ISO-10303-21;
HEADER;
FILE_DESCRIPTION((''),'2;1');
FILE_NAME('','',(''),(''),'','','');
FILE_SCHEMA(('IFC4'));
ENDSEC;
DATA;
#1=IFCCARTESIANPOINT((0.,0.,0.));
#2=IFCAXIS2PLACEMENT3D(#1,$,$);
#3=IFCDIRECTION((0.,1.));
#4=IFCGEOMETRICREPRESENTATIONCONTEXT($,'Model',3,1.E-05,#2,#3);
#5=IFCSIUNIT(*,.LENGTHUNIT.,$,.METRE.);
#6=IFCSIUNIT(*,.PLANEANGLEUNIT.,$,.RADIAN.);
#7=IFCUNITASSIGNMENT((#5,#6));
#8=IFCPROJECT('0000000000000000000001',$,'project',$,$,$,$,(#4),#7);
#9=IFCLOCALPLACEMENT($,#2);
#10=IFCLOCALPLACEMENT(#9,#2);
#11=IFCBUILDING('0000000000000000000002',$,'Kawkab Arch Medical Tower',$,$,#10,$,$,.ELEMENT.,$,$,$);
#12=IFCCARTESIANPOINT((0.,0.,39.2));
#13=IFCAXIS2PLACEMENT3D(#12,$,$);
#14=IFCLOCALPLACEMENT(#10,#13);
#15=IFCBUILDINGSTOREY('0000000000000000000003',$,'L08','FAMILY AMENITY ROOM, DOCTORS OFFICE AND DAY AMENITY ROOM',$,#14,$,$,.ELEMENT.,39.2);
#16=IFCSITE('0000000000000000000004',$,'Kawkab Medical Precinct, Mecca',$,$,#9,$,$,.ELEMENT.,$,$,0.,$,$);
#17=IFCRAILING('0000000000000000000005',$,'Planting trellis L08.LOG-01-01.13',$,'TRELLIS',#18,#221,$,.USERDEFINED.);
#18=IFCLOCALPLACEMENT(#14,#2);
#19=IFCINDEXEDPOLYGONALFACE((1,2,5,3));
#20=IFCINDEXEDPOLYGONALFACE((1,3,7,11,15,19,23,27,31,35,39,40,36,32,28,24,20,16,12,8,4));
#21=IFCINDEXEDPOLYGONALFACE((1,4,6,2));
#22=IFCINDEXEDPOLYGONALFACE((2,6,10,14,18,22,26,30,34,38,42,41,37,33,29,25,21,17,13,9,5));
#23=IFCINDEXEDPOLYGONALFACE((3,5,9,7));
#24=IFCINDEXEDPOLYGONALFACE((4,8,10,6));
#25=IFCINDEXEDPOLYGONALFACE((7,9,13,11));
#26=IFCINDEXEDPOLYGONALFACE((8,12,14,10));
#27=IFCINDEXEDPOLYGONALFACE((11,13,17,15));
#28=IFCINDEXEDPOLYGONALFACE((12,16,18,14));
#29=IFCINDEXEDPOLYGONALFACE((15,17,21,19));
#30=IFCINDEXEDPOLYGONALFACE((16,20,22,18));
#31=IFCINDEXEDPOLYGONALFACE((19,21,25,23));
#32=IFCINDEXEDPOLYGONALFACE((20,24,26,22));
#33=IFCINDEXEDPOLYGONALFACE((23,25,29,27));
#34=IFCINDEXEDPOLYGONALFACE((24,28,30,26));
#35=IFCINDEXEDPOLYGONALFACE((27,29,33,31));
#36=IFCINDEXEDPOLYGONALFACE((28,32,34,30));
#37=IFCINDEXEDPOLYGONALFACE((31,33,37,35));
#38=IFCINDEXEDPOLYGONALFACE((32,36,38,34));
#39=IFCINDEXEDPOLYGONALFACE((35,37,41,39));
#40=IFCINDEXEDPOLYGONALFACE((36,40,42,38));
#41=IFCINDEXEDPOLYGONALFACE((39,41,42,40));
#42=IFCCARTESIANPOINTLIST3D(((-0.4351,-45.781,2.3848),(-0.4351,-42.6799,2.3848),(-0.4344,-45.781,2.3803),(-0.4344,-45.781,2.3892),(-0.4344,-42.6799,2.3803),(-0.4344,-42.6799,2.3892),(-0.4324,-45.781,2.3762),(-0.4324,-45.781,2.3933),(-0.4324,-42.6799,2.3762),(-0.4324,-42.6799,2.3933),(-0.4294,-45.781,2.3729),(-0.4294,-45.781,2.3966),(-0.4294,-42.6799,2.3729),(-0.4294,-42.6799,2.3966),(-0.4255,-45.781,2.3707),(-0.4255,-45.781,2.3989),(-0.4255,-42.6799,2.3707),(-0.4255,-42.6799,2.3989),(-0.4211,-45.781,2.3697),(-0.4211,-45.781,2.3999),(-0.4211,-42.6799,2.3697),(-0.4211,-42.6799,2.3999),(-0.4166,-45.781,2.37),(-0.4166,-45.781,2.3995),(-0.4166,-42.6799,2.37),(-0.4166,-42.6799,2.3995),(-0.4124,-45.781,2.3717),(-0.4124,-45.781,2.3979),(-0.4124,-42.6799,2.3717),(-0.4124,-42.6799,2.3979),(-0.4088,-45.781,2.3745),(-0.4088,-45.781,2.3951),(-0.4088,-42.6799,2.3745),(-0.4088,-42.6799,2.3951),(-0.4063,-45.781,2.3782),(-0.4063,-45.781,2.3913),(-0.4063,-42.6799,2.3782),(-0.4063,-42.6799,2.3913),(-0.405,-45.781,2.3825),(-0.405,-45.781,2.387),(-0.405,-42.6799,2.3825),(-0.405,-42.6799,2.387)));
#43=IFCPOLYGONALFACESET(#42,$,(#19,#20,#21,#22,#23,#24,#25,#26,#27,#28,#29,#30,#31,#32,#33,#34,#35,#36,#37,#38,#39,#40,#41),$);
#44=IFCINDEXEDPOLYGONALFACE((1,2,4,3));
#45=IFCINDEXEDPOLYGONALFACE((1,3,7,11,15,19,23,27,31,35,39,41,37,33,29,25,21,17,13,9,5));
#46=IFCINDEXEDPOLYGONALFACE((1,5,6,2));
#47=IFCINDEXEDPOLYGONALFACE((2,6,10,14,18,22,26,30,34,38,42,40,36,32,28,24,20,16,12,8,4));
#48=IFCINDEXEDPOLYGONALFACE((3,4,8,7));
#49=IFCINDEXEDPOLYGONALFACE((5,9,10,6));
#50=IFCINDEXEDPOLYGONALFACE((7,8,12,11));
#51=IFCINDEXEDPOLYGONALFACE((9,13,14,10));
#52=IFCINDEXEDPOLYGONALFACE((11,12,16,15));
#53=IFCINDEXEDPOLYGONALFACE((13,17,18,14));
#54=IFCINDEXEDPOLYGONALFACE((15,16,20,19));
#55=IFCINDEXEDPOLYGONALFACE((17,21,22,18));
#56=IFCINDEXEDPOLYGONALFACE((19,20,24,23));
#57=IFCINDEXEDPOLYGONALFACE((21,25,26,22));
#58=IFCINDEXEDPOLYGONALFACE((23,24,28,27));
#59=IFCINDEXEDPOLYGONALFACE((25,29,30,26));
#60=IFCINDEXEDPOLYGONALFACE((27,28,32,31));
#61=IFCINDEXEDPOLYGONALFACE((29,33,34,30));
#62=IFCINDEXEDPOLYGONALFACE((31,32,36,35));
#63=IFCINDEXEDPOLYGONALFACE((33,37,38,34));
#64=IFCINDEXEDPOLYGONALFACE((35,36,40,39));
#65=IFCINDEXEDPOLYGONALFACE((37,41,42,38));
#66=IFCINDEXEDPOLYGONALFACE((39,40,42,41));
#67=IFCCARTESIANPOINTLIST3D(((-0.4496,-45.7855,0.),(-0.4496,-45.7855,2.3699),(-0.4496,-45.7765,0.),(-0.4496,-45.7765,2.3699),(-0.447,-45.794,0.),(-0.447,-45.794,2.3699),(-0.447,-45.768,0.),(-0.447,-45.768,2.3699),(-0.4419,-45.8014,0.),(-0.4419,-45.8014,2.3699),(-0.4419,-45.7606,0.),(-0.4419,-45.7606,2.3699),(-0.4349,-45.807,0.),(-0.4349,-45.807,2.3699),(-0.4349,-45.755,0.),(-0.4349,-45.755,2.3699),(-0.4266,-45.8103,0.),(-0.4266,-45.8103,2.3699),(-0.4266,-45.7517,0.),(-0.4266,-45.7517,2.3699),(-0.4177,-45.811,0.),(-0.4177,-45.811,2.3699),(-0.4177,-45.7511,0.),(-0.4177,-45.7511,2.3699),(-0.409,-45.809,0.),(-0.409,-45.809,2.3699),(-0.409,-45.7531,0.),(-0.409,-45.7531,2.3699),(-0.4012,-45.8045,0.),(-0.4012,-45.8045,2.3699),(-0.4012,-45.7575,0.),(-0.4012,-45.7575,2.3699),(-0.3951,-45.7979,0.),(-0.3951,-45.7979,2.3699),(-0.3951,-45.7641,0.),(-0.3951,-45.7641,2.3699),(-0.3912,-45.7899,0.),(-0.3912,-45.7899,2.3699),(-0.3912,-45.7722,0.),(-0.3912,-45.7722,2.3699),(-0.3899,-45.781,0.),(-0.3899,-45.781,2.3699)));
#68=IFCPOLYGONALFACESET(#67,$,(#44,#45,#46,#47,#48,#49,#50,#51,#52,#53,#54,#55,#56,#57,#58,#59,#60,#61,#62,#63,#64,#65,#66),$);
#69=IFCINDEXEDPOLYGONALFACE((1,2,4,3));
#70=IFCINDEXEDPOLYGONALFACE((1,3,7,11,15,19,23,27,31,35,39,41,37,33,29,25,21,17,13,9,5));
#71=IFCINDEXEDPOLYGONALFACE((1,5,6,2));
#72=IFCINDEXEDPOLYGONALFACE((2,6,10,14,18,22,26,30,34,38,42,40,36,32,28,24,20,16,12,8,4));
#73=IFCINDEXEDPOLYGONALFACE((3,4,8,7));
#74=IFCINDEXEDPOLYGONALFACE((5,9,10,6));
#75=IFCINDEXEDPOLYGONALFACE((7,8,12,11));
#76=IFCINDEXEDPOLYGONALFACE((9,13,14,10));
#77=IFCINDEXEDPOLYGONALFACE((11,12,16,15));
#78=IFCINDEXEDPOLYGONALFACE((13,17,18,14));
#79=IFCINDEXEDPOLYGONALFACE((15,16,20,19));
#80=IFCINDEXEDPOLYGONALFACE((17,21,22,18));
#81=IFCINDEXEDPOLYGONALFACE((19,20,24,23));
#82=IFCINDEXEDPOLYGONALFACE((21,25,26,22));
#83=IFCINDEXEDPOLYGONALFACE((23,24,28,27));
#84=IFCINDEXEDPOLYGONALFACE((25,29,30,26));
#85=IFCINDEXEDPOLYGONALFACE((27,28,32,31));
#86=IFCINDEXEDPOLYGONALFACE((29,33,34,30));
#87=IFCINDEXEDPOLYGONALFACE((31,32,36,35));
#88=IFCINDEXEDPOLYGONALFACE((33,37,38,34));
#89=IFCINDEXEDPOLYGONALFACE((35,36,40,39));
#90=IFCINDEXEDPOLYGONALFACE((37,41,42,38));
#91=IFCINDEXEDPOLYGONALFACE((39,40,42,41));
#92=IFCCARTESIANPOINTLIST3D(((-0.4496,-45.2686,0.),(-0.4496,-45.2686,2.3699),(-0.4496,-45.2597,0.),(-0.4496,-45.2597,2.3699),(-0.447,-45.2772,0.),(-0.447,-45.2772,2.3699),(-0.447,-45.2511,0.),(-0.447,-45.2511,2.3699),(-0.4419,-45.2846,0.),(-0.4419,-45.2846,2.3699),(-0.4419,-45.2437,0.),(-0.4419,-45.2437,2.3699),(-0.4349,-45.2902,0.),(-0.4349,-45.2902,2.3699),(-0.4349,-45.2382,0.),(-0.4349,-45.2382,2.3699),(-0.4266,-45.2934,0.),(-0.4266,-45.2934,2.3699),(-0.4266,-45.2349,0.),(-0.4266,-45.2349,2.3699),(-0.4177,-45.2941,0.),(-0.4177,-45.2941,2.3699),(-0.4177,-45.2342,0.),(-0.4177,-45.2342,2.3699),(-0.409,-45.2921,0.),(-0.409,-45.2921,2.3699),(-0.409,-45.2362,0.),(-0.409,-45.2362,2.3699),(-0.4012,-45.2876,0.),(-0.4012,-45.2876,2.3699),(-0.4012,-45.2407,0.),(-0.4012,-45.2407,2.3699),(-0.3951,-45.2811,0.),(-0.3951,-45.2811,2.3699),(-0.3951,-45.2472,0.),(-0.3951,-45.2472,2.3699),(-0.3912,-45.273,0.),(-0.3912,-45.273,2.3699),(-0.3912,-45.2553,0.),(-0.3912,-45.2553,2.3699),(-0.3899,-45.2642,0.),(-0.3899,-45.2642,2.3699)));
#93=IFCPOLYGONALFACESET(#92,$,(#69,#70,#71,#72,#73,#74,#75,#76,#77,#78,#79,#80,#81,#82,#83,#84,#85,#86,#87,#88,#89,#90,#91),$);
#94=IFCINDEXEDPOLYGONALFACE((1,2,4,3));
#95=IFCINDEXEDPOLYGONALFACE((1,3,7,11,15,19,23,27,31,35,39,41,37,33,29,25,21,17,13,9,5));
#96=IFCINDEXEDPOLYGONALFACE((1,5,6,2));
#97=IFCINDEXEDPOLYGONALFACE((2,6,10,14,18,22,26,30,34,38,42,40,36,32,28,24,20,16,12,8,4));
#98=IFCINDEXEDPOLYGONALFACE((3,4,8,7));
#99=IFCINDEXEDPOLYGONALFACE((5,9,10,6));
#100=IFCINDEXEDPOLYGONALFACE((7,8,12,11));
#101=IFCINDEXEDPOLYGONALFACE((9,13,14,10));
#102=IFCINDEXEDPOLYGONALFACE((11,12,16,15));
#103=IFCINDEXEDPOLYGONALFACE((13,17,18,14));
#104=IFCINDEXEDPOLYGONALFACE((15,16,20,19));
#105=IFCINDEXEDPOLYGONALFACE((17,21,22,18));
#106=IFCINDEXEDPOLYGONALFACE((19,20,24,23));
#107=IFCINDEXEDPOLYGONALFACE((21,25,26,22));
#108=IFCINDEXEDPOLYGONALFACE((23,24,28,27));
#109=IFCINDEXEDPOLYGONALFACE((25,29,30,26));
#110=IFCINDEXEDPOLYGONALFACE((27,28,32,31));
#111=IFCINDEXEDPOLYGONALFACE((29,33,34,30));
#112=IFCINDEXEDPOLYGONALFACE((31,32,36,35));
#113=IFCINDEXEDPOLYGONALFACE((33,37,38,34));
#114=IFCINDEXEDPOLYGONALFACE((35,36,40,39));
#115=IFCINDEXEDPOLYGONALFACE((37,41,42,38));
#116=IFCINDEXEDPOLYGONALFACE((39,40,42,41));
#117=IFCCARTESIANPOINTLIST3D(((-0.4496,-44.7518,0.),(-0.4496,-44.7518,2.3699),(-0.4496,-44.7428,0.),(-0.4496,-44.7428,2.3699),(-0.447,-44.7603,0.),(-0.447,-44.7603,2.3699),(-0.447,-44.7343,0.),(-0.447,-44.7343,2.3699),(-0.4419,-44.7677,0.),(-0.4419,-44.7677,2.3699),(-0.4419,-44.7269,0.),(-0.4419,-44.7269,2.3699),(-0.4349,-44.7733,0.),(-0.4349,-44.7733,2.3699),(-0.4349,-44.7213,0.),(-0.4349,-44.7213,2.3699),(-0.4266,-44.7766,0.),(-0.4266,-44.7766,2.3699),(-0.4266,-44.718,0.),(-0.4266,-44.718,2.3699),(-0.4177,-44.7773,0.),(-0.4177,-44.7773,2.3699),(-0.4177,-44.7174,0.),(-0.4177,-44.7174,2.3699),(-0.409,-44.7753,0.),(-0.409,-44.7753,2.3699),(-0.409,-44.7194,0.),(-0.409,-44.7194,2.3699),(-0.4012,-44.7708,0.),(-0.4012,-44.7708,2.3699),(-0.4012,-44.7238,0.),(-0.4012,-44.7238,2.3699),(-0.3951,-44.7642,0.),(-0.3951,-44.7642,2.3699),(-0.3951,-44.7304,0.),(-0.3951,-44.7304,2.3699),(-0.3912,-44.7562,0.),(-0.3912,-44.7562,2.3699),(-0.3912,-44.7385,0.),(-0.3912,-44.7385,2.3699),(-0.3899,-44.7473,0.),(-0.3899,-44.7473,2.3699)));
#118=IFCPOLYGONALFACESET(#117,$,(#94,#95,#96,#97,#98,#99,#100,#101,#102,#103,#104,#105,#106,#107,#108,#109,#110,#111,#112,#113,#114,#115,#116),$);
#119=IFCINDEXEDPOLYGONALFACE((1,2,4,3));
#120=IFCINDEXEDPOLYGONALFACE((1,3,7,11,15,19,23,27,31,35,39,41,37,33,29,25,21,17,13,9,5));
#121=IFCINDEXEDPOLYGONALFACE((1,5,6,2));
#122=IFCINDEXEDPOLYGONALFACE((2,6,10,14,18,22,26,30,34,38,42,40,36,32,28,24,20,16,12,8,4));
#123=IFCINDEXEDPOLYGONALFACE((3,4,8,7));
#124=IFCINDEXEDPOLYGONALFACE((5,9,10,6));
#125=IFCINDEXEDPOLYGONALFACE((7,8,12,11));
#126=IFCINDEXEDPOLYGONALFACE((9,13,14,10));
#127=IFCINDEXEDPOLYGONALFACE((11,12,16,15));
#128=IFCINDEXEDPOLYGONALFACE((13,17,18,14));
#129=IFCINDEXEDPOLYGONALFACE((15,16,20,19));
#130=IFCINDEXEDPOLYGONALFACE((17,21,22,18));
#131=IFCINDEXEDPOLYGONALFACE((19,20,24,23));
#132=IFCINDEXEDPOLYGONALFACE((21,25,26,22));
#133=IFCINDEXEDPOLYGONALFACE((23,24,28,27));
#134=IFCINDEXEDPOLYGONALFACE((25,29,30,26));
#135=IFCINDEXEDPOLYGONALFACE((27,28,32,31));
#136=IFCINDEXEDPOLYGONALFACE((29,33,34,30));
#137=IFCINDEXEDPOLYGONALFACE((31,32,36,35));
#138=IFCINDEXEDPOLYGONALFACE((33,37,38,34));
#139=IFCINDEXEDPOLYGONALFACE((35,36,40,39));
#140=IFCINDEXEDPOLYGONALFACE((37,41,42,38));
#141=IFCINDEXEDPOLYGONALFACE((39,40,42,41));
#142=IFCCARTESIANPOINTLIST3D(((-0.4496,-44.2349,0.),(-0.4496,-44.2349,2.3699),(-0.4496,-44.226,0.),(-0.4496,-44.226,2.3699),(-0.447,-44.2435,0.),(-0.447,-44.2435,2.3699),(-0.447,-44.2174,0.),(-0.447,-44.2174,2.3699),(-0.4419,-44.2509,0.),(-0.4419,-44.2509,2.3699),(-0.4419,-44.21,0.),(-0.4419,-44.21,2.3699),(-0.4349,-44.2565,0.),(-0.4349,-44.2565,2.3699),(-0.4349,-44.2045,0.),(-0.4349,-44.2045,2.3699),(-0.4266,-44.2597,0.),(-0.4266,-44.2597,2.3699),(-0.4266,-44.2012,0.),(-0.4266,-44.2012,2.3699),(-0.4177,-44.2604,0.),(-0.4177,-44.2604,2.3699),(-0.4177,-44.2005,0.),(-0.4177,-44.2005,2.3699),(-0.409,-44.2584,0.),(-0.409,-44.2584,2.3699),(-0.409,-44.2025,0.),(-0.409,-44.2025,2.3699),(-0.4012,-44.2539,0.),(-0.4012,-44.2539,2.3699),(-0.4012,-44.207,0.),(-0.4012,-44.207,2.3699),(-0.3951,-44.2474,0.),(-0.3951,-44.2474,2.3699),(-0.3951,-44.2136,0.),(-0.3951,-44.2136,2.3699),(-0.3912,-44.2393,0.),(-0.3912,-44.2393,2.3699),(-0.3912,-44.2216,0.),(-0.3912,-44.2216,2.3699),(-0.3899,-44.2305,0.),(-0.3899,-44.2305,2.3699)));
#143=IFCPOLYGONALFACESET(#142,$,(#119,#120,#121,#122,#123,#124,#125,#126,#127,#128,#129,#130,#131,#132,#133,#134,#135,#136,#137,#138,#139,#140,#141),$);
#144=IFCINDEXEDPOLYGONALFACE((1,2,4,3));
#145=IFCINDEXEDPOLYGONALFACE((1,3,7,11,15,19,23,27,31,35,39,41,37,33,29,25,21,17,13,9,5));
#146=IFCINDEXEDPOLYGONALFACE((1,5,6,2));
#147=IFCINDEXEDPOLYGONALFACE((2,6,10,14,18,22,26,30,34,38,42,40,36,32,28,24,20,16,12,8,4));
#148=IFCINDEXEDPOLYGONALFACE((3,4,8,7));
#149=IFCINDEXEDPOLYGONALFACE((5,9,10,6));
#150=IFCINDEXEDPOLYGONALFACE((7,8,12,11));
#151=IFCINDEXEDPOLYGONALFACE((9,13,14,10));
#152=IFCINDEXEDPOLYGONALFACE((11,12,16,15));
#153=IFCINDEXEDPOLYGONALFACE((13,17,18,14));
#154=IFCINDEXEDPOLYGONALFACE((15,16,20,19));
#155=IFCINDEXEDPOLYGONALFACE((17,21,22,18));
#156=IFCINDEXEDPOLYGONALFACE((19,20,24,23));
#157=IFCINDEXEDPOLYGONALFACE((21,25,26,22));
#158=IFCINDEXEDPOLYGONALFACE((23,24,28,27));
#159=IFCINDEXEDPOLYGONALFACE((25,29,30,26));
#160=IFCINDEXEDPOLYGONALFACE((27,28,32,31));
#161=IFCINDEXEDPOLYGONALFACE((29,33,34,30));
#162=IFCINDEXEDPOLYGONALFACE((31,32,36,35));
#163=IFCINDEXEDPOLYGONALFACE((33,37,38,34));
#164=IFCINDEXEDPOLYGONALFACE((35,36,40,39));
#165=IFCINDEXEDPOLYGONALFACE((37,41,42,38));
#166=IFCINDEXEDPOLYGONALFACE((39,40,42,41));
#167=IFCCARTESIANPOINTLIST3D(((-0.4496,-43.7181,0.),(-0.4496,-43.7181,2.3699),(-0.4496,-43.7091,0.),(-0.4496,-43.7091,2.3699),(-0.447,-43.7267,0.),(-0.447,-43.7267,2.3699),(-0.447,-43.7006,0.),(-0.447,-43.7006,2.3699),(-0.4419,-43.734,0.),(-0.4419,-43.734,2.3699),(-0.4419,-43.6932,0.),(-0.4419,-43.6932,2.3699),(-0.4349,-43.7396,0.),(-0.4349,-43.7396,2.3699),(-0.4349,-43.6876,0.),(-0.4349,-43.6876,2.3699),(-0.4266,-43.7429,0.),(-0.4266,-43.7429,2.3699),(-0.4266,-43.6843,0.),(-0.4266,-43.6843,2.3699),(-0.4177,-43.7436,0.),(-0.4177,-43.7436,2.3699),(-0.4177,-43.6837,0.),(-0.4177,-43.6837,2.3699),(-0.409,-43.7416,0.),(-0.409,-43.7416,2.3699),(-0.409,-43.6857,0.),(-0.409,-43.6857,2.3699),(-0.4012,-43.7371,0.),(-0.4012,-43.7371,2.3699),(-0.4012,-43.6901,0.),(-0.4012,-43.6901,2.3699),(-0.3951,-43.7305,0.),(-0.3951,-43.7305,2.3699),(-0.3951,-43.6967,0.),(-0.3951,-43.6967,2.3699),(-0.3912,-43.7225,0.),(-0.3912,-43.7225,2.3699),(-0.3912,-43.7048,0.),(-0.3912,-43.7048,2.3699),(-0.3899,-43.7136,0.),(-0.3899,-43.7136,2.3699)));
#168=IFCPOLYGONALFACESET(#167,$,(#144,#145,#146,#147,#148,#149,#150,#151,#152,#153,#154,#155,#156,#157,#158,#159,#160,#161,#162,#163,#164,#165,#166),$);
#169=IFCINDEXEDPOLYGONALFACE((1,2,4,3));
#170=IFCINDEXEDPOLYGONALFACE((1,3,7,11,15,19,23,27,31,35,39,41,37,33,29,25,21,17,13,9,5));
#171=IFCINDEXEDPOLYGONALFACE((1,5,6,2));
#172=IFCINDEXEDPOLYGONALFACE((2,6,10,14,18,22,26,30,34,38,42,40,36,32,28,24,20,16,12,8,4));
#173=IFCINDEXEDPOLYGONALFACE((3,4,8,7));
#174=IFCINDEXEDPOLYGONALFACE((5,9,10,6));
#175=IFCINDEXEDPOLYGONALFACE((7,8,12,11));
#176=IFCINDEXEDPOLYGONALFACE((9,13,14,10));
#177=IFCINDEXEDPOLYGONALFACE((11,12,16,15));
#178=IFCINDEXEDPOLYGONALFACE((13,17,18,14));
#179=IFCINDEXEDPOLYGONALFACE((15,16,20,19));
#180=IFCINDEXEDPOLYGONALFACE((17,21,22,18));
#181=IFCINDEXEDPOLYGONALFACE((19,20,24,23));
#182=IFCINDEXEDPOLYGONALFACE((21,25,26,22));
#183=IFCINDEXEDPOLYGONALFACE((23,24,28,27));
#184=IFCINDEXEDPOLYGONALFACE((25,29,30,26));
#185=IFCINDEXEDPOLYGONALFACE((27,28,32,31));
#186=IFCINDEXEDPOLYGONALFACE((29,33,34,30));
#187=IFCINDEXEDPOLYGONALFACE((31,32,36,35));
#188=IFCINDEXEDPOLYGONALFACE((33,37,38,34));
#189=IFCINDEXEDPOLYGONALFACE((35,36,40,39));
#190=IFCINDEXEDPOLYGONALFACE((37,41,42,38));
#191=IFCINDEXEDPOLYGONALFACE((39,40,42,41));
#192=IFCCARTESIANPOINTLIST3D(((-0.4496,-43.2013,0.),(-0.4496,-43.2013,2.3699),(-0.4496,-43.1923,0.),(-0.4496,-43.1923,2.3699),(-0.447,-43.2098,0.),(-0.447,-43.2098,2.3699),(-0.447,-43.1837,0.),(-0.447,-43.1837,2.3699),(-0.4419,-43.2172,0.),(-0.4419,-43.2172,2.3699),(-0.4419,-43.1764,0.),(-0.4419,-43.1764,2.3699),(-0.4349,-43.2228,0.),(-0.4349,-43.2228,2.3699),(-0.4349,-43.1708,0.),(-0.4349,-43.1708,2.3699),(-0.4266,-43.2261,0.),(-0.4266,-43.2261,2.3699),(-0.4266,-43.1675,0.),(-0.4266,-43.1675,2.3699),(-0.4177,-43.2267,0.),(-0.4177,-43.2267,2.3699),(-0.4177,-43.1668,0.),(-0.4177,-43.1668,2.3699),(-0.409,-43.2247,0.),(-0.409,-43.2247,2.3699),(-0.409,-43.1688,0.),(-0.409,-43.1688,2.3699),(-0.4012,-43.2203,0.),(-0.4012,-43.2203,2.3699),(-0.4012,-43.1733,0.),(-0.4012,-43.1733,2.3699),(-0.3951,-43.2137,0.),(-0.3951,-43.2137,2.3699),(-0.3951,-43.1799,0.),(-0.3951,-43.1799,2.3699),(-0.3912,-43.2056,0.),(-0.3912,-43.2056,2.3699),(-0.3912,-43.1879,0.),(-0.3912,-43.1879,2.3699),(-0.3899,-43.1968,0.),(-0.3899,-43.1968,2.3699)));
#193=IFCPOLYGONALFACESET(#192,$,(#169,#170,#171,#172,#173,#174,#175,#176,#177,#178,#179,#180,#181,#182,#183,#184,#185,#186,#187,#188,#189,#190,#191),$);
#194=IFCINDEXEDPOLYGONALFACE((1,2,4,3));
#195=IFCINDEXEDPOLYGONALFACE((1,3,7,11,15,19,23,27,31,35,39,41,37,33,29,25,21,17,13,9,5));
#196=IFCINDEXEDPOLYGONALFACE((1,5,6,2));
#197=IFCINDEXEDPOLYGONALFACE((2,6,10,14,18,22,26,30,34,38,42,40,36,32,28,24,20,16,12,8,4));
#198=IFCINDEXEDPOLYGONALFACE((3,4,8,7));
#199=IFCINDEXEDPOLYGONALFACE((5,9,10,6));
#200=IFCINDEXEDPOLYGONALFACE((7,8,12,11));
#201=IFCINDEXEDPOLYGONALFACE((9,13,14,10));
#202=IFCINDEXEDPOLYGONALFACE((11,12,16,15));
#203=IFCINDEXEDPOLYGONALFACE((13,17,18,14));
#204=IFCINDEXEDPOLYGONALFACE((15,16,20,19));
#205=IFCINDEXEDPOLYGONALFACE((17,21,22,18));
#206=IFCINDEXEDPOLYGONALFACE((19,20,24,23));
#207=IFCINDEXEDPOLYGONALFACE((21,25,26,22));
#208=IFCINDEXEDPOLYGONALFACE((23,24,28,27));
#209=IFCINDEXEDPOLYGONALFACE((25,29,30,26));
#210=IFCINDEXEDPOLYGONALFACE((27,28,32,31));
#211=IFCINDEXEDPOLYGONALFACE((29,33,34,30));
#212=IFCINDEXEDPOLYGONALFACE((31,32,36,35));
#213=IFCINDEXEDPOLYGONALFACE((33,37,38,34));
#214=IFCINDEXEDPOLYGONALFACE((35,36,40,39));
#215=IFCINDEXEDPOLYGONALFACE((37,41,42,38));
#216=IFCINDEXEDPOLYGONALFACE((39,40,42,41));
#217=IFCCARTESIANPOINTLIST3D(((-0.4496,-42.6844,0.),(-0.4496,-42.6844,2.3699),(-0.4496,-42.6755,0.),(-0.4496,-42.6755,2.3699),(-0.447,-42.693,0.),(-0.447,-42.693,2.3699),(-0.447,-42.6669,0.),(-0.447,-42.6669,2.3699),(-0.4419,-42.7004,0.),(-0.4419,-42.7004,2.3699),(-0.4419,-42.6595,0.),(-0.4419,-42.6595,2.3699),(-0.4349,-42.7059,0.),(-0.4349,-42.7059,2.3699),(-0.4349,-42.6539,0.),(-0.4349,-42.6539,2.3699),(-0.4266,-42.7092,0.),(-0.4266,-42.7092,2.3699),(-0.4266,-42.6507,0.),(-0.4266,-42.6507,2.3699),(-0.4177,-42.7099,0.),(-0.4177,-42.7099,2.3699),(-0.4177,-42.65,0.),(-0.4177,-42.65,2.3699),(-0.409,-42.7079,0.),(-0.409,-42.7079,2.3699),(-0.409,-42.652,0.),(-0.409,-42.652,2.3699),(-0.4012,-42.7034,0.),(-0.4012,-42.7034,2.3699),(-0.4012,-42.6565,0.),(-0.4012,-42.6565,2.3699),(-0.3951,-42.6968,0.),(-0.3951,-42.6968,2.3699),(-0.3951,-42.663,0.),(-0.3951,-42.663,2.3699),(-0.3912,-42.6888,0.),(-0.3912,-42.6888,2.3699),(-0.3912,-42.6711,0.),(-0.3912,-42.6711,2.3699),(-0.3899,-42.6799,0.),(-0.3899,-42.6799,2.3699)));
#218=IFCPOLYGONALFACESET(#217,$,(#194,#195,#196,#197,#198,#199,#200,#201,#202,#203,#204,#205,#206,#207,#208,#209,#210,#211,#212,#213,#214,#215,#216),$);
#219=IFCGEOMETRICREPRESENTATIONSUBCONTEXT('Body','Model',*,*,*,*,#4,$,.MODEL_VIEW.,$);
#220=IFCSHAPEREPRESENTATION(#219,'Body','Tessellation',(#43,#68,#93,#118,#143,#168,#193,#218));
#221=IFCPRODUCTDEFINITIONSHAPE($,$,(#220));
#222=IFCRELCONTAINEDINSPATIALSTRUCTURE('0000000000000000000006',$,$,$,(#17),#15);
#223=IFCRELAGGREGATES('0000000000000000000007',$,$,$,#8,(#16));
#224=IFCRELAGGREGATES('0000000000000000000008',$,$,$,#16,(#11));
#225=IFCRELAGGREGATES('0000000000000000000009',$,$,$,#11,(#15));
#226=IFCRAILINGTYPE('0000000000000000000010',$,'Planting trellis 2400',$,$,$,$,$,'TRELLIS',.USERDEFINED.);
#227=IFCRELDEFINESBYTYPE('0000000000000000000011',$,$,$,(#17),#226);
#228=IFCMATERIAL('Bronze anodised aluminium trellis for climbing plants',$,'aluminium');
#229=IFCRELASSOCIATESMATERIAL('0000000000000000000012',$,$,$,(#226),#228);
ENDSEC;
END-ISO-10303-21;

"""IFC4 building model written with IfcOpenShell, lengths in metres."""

from ifc_helpers import new_model, si_unit, direction, frame, origin, origin_2d, place, context, subcontext, project, spatial, circle, extrude, material, type_object, element, save


model = new_model("IFC4")

# Units and contexts
model_context = context("Model", 3, precision=1e-05, world=origin(), true_north=direction((0.0, 1.0)))
body_context = subcontext(model_context, "Body", "Model", "MODEL_VIEW")
ifc_project = project(units=[si_unit("LENGTHUNIT", "METRE"), si_unit("PLANEANGLEUNIT", "RADIAN")], contexts=[model_context])

# Site, building, storey
site_placement = place(None, origin())
site = spatial("IfcSite", under=ifc_project, at=site_placement, Name="Kawkab Medical Precinct, Mecca", CompositionType="ELEMENT", RefElevation=0.0)
building_placement = place(site_placement, origin())
building = spatial("IfcBuilding", under=site, at=building_placement, Name="Kawkab Arch Medical Tower", CompositionType="ELEMENT")
storey_placement = place(building_placement, frame((0.0, 0.0, 39.2)))
storey = spatial("IfcBuildingStorey", under=building, at=storey_placement, Name="L08", Description="FAMILY AMENITY ROOM, DOCTORS OFFICE AND DAY AMENITY ROOM", CompositionType="ELEMENT", Elevation=39.2)

# Railing
ifc_material_1 = material(Name="Bronze anodised aluminium trellis for climbing plants", Category="aluminium")
railing_type = type_object("IfcRailingType", Name="Planting trellis 2400", ElementType="TRELLIS", PredefinedType="USERDEFINED", material=ifc_material_1)
railing_1_placement = place(storey_placement, frame((-0.4199, -45.781, 0.0)))
element("IfcRailing", 1, at=railing_1_placement, inside=storey, type_object=railing_type, Name="Planting trellis L08.LOG-01-01.13", ObjectType="TRELLIS", PredefinedType="USERDEFINED", context=body_context, shape_type="SweptSolid", body=[
    extrude(circle(Radius=0.0151, at=origin_2d()), frame((0.0, 0.0, 2.3848), z_axis=(0.0, 1.0, 0.0), x_axis=(-1.0, 0.0, 0.0)), (0.0, 0.0, 1.0), 3.1011),
    extrude(circle(Radius=0.03, at=origin_2d()), origin(), (0.0, 0.0, 1.0), 2.3699),
    extrude(circle(Radius=0.03, at=origin_2d()), frame((0.0, 0.5168, 0.0)), (0.0, 0.0, 1.0), 2.3699),
    extrude(circle(Radius=0.03, at=origin_2d()), frame((0.0, 1.0337, 0.0)), (0.0, 0.0, 1.0), 2.3699),
    extrude(circle(Radius=0.03, at=origin_2d()), frame((0.0, 1.5505, 0.0)), (0.0, 0.0, 1.0), 2.3699),
    extrude(circle(Radius=0.03, at=origin_2d()), frame((0.0, 2.0674, 0.0)), (0.0, 0.0, 1.0), 2.3699),
    extrude(circle(Radius=0.03, at=origin_2d()), frame((0.0, 2.5842, 0.0)), (0.0, 0.0, 1.0), 2.3699),
    extrude(circle(Radius=0.03, at=origin_2d()), frame((0.0, 3.1011, 0.0)), (0.0, 0.0, 1.0), 2.3699),
])

save(model, "model.ifc")
